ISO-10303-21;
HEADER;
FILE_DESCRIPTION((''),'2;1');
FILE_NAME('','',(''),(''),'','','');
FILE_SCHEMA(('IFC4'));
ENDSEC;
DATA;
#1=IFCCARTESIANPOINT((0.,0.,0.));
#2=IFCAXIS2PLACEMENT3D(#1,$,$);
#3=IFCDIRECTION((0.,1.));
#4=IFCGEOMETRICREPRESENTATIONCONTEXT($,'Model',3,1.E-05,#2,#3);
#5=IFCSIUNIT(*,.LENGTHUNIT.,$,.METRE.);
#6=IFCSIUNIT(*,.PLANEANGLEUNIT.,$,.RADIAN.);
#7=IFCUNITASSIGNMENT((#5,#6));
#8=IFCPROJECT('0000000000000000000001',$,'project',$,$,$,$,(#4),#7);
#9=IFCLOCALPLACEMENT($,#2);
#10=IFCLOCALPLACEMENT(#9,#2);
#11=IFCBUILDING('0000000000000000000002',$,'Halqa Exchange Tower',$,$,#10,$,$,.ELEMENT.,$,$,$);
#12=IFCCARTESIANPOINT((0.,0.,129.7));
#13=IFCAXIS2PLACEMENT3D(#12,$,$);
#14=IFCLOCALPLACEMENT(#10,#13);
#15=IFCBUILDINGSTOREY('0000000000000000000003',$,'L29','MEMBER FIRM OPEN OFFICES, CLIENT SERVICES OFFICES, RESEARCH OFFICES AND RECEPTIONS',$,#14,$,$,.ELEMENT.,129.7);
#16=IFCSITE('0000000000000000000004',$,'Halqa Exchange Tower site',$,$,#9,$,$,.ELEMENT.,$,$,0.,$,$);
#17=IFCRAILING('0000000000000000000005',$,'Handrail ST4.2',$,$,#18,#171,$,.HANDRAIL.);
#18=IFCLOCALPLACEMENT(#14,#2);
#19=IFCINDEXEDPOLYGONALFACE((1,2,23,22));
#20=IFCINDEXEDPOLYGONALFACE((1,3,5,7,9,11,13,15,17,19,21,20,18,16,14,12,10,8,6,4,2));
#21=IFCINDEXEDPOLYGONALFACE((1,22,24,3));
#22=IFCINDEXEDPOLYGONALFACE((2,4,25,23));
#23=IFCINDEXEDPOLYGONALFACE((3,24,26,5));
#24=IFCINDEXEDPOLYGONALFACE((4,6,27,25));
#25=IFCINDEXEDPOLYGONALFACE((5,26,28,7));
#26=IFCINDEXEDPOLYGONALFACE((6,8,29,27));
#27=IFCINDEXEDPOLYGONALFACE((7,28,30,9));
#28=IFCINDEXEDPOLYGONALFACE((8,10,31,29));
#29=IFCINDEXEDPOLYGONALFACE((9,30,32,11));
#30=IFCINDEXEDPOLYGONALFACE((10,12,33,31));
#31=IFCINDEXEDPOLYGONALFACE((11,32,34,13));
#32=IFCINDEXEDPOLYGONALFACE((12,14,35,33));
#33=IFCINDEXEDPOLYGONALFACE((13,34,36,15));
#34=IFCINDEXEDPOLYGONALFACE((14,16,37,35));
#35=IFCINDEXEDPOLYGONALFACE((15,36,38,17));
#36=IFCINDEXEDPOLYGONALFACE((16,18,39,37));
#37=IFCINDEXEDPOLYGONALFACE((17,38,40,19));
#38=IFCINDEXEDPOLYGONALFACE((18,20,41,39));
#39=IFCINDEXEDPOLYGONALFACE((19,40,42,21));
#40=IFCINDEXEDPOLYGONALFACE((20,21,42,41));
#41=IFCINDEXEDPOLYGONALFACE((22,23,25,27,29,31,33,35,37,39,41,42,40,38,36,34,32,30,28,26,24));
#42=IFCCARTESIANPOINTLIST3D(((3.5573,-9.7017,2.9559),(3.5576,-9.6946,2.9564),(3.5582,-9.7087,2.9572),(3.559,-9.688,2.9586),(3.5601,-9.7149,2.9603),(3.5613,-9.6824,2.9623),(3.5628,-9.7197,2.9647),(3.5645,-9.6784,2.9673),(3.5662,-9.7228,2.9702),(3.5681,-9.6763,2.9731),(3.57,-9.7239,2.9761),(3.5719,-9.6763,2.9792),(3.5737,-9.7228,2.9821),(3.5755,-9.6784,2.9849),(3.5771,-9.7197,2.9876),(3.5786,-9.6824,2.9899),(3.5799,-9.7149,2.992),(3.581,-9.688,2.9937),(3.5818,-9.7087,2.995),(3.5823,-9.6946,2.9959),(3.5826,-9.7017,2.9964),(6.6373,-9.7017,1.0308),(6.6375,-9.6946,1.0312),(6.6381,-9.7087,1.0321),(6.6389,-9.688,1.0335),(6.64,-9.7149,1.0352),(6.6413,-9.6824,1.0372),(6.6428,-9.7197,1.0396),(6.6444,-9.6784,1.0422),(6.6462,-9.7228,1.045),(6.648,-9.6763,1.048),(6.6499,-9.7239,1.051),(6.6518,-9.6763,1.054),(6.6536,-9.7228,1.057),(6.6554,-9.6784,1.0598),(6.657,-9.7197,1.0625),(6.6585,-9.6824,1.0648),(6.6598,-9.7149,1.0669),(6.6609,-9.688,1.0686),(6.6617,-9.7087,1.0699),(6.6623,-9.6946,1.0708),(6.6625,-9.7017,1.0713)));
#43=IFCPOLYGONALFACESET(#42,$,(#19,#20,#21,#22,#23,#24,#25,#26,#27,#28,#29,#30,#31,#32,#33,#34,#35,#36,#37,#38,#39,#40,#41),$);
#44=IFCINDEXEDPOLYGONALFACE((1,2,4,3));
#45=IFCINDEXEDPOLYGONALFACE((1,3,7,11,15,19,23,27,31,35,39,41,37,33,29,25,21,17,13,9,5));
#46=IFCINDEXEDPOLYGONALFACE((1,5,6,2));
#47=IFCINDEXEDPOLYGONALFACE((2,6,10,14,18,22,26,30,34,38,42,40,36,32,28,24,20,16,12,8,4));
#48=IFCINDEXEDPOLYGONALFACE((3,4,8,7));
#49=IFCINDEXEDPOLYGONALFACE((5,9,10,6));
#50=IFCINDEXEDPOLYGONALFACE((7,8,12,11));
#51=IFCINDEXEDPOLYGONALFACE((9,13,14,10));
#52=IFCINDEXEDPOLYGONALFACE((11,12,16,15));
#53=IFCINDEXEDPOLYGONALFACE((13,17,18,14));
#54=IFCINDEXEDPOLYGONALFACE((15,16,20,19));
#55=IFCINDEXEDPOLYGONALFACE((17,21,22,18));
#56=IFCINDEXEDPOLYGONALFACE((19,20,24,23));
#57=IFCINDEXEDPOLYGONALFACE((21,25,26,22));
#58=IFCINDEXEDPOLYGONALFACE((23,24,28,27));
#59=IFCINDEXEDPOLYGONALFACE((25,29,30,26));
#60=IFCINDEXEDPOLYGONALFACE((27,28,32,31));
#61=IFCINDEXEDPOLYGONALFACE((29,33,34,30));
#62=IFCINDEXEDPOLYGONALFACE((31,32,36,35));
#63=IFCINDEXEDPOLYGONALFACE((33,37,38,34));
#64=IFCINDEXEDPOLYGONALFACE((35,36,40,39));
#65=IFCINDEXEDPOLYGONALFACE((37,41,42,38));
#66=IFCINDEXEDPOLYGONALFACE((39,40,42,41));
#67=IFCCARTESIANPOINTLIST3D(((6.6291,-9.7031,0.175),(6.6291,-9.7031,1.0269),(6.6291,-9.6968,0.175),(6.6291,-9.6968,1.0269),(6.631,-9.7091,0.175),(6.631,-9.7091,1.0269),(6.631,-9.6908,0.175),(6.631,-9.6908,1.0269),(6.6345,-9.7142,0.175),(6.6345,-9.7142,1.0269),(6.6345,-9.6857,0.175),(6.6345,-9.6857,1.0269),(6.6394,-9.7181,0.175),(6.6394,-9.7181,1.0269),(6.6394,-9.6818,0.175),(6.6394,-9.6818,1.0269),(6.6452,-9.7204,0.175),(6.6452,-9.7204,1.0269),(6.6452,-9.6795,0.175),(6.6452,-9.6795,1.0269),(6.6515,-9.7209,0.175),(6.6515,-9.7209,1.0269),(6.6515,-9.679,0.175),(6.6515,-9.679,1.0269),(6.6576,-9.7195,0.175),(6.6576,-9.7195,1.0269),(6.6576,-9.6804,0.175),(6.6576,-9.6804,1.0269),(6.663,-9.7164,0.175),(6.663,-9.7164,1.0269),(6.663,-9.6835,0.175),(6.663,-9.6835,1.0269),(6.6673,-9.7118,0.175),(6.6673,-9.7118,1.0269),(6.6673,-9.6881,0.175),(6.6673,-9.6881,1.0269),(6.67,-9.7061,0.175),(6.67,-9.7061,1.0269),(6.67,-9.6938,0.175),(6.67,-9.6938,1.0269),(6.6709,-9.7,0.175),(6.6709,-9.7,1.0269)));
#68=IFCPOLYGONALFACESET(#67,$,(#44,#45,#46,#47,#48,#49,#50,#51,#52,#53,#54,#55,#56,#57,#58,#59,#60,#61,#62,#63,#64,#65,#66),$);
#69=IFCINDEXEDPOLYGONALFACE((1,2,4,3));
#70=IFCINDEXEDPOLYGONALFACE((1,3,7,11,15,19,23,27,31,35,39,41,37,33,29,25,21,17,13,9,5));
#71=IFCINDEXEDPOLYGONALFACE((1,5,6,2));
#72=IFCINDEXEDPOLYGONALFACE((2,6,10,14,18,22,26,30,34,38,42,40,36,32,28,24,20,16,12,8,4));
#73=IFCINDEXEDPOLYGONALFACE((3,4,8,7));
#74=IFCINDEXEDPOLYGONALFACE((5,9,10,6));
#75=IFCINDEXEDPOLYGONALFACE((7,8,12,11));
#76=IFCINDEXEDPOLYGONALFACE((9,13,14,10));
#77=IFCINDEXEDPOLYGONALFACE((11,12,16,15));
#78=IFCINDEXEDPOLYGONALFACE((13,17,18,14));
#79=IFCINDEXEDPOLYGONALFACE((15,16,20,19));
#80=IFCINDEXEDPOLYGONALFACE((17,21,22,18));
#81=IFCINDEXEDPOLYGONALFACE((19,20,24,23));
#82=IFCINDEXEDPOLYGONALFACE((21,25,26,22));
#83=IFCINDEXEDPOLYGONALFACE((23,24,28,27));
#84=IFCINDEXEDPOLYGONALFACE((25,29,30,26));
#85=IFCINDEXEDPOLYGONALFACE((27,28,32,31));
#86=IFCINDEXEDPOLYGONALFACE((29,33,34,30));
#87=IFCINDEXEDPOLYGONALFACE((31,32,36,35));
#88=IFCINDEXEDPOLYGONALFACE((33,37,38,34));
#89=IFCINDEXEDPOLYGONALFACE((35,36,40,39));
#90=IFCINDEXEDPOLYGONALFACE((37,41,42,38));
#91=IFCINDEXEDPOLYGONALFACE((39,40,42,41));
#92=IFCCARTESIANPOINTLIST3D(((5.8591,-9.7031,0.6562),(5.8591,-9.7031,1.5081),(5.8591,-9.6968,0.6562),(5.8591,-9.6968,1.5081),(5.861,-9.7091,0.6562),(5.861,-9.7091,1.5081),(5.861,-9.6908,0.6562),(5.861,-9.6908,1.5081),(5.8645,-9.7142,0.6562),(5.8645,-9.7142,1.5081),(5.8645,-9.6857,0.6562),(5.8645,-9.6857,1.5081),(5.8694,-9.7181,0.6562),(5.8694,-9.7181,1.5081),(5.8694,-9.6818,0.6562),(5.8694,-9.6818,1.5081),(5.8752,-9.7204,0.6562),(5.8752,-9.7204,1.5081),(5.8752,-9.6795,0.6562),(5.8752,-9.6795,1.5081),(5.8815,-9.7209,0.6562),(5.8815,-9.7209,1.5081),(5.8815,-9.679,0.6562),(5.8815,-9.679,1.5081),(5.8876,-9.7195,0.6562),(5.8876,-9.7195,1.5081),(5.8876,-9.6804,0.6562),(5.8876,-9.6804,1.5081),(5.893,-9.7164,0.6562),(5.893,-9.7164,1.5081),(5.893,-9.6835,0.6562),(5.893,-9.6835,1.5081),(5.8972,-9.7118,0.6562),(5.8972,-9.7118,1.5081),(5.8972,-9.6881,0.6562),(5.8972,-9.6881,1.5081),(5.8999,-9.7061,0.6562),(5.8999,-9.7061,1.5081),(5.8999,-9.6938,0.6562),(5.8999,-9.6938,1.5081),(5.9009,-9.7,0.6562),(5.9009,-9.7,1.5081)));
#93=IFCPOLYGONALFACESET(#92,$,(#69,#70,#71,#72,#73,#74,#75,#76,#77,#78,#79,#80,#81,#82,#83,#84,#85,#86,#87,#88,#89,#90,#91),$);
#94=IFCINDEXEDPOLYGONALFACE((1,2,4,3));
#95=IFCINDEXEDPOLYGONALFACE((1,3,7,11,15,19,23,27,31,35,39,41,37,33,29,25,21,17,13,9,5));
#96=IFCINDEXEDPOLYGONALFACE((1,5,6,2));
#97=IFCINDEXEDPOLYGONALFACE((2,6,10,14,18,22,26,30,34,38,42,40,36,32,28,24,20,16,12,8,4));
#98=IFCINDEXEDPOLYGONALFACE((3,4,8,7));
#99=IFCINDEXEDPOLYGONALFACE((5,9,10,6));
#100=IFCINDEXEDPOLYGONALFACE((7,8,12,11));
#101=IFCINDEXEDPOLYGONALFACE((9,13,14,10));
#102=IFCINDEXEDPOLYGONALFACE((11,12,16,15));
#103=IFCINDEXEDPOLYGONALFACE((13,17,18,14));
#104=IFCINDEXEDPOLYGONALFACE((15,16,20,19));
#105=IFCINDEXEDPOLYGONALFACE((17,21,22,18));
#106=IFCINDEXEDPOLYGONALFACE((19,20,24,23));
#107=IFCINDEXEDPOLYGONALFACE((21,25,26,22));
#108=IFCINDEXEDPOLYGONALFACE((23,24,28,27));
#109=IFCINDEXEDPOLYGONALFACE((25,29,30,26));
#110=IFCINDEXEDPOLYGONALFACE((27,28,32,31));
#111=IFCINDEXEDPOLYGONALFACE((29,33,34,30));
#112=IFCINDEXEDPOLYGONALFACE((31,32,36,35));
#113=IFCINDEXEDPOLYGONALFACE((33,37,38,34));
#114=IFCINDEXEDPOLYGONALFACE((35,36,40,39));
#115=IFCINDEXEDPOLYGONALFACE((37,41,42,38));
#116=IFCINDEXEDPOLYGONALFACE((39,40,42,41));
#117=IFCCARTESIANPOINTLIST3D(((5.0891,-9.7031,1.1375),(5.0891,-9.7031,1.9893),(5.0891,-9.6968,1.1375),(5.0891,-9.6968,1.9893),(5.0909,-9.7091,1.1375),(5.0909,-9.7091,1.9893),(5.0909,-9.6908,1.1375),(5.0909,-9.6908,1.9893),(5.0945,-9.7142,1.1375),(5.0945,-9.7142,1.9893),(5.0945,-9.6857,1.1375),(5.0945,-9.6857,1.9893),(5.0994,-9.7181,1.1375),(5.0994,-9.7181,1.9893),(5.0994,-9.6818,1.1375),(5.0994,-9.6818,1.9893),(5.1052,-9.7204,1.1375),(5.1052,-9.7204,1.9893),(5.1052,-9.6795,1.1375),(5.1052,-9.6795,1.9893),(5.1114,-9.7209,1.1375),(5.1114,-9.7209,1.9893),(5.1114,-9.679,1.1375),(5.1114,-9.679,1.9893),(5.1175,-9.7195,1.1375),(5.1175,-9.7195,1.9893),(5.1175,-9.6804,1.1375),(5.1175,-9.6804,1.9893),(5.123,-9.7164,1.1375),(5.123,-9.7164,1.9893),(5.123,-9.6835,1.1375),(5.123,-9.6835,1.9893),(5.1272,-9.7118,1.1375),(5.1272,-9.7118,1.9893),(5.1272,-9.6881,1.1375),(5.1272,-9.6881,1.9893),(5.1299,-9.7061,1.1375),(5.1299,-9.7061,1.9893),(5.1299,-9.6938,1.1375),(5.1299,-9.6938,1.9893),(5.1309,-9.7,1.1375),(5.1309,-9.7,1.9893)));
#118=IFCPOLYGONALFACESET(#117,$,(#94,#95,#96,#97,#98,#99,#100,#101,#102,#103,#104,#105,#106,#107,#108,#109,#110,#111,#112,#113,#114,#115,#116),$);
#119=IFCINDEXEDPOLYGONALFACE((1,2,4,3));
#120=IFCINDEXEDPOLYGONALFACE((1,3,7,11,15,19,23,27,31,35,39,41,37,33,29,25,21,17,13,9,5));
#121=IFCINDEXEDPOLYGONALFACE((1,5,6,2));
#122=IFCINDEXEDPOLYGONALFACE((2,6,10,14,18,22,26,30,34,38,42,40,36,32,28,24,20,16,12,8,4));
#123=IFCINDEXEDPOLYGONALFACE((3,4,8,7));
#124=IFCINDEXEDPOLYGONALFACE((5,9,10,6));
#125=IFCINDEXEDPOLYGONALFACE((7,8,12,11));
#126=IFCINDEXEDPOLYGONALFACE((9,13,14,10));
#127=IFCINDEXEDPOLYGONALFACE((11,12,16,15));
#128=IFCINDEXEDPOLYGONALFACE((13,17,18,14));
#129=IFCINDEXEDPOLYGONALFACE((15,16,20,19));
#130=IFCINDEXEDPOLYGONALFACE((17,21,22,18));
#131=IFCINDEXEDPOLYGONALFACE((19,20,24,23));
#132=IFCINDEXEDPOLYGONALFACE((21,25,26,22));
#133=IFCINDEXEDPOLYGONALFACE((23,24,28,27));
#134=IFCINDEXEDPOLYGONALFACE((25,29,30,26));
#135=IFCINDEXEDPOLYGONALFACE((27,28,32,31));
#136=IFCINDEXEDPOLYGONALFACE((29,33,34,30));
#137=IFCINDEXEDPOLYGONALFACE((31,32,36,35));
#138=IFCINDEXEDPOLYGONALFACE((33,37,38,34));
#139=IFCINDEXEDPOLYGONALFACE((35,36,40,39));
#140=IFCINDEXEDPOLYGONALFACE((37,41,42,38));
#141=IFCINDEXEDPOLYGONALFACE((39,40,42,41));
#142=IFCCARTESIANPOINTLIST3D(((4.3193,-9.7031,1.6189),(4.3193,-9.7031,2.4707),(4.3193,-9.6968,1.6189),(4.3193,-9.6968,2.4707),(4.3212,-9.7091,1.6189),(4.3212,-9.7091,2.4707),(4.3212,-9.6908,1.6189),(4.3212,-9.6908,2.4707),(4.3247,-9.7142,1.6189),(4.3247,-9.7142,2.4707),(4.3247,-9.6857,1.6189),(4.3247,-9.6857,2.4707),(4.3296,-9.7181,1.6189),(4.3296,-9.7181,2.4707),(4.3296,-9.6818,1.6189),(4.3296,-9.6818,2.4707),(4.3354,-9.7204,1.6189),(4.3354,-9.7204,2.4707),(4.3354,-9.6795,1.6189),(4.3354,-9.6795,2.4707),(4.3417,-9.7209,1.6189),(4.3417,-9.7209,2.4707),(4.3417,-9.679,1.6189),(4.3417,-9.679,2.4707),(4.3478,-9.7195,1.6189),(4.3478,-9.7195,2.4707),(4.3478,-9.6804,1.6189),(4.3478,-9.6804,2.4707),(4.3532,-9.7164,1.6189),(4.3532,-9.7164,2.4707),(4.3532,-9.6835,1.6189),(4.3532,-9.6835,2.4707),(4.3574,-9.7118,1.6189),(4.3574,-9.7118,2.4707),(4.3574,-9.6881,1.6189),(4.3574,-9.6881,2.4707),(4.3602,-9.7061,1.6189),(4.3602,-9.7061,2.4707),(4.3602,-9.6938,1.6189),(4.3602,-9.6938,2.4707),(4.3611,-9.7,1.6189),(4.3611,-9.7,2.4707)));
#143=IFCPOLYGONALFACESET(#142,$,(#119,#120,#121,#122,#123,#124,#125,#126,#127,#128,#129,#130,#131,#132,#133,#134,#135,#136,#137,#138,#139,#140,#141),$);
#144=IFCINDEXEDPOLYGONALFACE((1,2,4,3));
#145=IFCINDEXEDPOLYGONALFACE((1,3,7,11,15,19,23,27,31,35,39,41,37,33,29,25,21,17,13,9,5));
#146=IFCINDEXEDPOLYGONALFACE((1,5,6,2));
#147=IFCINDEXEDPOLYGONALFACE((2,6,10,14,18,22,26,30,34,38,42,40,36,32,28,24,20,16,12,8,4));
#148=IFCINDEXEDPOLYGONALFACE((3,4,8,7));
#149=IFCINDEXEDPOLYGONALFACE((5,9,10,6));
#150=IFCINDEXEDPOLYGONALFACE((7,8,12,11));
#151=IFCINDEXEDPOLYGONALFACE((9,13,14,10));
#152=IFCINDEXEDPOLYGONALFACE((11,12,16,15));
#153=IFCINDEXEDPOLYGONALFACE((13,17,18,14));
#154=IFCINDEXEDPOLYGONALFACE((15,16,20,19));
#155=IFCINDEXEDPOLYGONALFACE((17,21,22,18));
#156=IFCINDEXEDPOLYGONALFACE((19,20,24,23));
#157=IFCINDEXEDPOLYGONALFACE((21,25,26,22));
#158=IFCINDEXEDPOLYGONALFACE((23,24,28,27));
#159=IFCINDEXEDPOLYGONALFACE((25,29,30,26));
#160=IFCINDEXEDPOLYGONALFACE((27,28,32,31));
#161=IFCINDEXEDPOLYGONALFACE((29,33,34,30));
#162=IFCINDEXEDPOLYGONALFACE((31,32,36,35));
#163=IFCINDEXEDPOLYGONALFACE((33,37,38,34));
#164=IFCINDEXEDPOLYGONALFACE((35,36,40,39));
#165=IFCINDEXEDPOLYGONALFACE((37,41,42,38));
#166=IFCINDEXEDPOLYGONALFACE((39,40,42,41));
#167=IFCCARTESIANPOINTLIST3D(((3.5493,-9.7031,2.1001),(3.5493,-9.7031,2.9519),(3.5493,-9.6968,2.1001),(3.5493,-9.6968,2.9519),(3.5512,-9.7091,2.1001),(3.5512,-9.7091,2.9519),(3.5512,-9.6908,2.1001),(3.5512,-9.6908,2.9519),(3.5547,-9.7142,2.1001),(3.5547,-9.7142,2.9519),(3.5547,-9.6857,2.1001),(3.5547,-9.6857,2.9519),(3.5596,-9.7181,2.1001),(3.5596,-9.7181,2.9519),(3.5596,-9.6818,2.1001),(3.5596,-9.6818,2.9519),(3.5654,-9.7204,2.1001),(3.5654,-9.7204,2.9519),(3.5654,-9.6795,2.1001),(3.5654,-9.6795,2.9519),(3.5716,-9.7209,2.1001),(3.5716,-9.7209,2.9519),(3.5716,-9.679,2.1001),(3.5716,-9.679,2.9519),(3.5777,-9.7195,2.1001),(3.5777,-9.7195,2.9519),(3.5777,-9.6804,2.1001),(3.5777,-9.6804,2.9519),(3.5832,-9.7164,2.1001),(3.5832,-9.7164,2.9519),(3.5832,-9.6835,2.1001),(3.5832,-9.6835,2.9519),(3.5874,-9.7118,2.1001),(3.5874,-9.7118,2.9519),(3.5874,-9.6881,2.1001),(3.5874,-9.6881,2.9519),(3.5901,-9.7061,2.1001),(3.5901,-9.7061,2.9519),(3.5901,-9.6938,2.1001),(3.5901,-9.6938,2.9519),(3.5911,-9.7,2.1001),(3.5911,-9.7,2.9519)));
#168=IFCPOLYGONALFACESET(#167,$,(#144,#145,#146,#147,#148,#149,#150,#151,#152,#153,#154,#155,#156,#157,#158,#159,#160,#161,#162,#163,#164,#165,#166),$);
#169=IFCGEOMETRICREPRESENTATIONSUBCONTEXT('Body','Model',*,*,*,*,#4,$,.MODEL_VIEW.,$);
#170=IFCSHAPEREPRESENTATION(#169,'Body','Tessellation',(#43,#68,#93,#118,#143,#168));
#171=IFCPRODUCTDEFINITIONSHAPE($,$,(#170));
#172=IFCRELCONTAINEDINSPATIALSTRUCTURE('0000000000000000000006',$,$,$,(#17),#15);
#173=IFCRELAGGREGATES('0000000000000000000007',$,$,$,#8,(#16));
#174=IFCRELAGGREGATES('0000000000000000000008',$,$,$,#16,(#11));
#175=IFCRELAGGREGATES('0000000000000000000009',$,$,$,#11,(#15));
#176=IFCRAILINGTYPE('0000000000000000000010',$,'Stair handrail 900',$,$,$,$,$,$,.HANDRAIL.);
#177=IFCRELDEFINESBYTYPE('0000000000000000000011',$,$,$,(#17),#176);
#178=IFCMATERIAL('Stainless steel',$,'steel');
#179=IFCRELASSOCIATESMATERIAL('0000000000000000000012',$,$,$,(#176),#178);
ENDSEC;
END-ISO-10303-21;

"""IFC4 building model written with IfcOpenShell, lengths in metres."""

from ifc_helpers import new_model, si_unit, direction, frame, origin, origin_2d, place, context, subcontext, project, spatial, circle, extrude, material, type_object, element, save


model = new_model("IFC4")

# Units and contexts
model_context = context("Model", 3, precision=1e-05, world=origin(), true_north=direction((0.0, 1.0)))
body_context = subcontext(model_context, "Body", "Model", "MODEL_VIEW")
ifc_project = project(units=[si_unit("LENGTHUNIT", "METRE"), si_unit("PLANEANGLEUNIT", "RADIAN")], contexts=[model_context])

# Site, building, storey
site_placement = place(None, origin())
site = spatial("IfcSite", under=ifc_project, at=site_placement, Name="Halqa Exchange Tower site", CompositionType="ELEMENT", RefElevation=0.0)
building_placement = place(site_placement, origin())
building = spatial("IfcBuilding", under=site, at=building_placement, Name="Halqa Exchange Tower", CompositionType="ELEMENT")
storey_placement = place(building_placement, frame((0.0, 0.0, 129.7)))
storey = spatial("IfcBuildingStorey", under=building, at=storey_placement, Name="L29", Description="MEMBER FIRM OPEN OFFICES, CLIENT SERVICES OFFICES, RESEARCH OFFICES AND RECEPTIONS", CompositionType="ELEMENT", Elevation=129.7)

# Railing
ifc_material_1 = material(Name="Stainless steel", Category="steel")
railing_type_1 = type_object("IfcRailingType", Name="Stair handrail 900", PredefinedType="HANDRAIL", material=ifc_material_1)
railing_1_placement = place(storey_placement, frame((6.6499, -9.7, 0.175)))
element("IfcRailing", 1, at=railing_1_placement, inside=storey, type_object=railing_type_1, Name="Handrail ST4.2", PredefinedType="HANDRAIL", context=body_context, shape_type="SweptSolid", body=[
    extrude(circle(Radius=0.0239, at=origin_2d()), frame((0.0, 0.0, 0.876), z_axis=(-0.847979, 0.0, 0.530029), x_axis=(0.0, -1.0, 0.0)), (0.0, 0.0, 1.0), 3.6321),
    extrude(circle(Radius=0.021, at=origin_2d()), origin(), (0.0, 0.0, 1.0), 0.8518),
    extrude(circle(Radius=0.021, at=origin_2d()), frame((-0.77, 0.0, 0.4812)), (0.0, 0.0, 1.0), 0.8518),
    extrude(circle(Radius=0.021, at=origin_2d()), frame((-1.54, 0.0, 0.9624)), (0.0, 0.0, 1.0), 0.8518),
    extrude(circle(Radius=0.021, at=origin_2d()), frame((-2.3098, 0.0, 1.4438)), (0.0, 0.0, 1.0), 0.8518),
    extrude(circle(Radius=0.021, at=origin_2d()), frame((-3.0798, 0.0, 1.925)), (0.0, 0.0, 1.0), 0.8518),
])

save(model, "model.ifc")
